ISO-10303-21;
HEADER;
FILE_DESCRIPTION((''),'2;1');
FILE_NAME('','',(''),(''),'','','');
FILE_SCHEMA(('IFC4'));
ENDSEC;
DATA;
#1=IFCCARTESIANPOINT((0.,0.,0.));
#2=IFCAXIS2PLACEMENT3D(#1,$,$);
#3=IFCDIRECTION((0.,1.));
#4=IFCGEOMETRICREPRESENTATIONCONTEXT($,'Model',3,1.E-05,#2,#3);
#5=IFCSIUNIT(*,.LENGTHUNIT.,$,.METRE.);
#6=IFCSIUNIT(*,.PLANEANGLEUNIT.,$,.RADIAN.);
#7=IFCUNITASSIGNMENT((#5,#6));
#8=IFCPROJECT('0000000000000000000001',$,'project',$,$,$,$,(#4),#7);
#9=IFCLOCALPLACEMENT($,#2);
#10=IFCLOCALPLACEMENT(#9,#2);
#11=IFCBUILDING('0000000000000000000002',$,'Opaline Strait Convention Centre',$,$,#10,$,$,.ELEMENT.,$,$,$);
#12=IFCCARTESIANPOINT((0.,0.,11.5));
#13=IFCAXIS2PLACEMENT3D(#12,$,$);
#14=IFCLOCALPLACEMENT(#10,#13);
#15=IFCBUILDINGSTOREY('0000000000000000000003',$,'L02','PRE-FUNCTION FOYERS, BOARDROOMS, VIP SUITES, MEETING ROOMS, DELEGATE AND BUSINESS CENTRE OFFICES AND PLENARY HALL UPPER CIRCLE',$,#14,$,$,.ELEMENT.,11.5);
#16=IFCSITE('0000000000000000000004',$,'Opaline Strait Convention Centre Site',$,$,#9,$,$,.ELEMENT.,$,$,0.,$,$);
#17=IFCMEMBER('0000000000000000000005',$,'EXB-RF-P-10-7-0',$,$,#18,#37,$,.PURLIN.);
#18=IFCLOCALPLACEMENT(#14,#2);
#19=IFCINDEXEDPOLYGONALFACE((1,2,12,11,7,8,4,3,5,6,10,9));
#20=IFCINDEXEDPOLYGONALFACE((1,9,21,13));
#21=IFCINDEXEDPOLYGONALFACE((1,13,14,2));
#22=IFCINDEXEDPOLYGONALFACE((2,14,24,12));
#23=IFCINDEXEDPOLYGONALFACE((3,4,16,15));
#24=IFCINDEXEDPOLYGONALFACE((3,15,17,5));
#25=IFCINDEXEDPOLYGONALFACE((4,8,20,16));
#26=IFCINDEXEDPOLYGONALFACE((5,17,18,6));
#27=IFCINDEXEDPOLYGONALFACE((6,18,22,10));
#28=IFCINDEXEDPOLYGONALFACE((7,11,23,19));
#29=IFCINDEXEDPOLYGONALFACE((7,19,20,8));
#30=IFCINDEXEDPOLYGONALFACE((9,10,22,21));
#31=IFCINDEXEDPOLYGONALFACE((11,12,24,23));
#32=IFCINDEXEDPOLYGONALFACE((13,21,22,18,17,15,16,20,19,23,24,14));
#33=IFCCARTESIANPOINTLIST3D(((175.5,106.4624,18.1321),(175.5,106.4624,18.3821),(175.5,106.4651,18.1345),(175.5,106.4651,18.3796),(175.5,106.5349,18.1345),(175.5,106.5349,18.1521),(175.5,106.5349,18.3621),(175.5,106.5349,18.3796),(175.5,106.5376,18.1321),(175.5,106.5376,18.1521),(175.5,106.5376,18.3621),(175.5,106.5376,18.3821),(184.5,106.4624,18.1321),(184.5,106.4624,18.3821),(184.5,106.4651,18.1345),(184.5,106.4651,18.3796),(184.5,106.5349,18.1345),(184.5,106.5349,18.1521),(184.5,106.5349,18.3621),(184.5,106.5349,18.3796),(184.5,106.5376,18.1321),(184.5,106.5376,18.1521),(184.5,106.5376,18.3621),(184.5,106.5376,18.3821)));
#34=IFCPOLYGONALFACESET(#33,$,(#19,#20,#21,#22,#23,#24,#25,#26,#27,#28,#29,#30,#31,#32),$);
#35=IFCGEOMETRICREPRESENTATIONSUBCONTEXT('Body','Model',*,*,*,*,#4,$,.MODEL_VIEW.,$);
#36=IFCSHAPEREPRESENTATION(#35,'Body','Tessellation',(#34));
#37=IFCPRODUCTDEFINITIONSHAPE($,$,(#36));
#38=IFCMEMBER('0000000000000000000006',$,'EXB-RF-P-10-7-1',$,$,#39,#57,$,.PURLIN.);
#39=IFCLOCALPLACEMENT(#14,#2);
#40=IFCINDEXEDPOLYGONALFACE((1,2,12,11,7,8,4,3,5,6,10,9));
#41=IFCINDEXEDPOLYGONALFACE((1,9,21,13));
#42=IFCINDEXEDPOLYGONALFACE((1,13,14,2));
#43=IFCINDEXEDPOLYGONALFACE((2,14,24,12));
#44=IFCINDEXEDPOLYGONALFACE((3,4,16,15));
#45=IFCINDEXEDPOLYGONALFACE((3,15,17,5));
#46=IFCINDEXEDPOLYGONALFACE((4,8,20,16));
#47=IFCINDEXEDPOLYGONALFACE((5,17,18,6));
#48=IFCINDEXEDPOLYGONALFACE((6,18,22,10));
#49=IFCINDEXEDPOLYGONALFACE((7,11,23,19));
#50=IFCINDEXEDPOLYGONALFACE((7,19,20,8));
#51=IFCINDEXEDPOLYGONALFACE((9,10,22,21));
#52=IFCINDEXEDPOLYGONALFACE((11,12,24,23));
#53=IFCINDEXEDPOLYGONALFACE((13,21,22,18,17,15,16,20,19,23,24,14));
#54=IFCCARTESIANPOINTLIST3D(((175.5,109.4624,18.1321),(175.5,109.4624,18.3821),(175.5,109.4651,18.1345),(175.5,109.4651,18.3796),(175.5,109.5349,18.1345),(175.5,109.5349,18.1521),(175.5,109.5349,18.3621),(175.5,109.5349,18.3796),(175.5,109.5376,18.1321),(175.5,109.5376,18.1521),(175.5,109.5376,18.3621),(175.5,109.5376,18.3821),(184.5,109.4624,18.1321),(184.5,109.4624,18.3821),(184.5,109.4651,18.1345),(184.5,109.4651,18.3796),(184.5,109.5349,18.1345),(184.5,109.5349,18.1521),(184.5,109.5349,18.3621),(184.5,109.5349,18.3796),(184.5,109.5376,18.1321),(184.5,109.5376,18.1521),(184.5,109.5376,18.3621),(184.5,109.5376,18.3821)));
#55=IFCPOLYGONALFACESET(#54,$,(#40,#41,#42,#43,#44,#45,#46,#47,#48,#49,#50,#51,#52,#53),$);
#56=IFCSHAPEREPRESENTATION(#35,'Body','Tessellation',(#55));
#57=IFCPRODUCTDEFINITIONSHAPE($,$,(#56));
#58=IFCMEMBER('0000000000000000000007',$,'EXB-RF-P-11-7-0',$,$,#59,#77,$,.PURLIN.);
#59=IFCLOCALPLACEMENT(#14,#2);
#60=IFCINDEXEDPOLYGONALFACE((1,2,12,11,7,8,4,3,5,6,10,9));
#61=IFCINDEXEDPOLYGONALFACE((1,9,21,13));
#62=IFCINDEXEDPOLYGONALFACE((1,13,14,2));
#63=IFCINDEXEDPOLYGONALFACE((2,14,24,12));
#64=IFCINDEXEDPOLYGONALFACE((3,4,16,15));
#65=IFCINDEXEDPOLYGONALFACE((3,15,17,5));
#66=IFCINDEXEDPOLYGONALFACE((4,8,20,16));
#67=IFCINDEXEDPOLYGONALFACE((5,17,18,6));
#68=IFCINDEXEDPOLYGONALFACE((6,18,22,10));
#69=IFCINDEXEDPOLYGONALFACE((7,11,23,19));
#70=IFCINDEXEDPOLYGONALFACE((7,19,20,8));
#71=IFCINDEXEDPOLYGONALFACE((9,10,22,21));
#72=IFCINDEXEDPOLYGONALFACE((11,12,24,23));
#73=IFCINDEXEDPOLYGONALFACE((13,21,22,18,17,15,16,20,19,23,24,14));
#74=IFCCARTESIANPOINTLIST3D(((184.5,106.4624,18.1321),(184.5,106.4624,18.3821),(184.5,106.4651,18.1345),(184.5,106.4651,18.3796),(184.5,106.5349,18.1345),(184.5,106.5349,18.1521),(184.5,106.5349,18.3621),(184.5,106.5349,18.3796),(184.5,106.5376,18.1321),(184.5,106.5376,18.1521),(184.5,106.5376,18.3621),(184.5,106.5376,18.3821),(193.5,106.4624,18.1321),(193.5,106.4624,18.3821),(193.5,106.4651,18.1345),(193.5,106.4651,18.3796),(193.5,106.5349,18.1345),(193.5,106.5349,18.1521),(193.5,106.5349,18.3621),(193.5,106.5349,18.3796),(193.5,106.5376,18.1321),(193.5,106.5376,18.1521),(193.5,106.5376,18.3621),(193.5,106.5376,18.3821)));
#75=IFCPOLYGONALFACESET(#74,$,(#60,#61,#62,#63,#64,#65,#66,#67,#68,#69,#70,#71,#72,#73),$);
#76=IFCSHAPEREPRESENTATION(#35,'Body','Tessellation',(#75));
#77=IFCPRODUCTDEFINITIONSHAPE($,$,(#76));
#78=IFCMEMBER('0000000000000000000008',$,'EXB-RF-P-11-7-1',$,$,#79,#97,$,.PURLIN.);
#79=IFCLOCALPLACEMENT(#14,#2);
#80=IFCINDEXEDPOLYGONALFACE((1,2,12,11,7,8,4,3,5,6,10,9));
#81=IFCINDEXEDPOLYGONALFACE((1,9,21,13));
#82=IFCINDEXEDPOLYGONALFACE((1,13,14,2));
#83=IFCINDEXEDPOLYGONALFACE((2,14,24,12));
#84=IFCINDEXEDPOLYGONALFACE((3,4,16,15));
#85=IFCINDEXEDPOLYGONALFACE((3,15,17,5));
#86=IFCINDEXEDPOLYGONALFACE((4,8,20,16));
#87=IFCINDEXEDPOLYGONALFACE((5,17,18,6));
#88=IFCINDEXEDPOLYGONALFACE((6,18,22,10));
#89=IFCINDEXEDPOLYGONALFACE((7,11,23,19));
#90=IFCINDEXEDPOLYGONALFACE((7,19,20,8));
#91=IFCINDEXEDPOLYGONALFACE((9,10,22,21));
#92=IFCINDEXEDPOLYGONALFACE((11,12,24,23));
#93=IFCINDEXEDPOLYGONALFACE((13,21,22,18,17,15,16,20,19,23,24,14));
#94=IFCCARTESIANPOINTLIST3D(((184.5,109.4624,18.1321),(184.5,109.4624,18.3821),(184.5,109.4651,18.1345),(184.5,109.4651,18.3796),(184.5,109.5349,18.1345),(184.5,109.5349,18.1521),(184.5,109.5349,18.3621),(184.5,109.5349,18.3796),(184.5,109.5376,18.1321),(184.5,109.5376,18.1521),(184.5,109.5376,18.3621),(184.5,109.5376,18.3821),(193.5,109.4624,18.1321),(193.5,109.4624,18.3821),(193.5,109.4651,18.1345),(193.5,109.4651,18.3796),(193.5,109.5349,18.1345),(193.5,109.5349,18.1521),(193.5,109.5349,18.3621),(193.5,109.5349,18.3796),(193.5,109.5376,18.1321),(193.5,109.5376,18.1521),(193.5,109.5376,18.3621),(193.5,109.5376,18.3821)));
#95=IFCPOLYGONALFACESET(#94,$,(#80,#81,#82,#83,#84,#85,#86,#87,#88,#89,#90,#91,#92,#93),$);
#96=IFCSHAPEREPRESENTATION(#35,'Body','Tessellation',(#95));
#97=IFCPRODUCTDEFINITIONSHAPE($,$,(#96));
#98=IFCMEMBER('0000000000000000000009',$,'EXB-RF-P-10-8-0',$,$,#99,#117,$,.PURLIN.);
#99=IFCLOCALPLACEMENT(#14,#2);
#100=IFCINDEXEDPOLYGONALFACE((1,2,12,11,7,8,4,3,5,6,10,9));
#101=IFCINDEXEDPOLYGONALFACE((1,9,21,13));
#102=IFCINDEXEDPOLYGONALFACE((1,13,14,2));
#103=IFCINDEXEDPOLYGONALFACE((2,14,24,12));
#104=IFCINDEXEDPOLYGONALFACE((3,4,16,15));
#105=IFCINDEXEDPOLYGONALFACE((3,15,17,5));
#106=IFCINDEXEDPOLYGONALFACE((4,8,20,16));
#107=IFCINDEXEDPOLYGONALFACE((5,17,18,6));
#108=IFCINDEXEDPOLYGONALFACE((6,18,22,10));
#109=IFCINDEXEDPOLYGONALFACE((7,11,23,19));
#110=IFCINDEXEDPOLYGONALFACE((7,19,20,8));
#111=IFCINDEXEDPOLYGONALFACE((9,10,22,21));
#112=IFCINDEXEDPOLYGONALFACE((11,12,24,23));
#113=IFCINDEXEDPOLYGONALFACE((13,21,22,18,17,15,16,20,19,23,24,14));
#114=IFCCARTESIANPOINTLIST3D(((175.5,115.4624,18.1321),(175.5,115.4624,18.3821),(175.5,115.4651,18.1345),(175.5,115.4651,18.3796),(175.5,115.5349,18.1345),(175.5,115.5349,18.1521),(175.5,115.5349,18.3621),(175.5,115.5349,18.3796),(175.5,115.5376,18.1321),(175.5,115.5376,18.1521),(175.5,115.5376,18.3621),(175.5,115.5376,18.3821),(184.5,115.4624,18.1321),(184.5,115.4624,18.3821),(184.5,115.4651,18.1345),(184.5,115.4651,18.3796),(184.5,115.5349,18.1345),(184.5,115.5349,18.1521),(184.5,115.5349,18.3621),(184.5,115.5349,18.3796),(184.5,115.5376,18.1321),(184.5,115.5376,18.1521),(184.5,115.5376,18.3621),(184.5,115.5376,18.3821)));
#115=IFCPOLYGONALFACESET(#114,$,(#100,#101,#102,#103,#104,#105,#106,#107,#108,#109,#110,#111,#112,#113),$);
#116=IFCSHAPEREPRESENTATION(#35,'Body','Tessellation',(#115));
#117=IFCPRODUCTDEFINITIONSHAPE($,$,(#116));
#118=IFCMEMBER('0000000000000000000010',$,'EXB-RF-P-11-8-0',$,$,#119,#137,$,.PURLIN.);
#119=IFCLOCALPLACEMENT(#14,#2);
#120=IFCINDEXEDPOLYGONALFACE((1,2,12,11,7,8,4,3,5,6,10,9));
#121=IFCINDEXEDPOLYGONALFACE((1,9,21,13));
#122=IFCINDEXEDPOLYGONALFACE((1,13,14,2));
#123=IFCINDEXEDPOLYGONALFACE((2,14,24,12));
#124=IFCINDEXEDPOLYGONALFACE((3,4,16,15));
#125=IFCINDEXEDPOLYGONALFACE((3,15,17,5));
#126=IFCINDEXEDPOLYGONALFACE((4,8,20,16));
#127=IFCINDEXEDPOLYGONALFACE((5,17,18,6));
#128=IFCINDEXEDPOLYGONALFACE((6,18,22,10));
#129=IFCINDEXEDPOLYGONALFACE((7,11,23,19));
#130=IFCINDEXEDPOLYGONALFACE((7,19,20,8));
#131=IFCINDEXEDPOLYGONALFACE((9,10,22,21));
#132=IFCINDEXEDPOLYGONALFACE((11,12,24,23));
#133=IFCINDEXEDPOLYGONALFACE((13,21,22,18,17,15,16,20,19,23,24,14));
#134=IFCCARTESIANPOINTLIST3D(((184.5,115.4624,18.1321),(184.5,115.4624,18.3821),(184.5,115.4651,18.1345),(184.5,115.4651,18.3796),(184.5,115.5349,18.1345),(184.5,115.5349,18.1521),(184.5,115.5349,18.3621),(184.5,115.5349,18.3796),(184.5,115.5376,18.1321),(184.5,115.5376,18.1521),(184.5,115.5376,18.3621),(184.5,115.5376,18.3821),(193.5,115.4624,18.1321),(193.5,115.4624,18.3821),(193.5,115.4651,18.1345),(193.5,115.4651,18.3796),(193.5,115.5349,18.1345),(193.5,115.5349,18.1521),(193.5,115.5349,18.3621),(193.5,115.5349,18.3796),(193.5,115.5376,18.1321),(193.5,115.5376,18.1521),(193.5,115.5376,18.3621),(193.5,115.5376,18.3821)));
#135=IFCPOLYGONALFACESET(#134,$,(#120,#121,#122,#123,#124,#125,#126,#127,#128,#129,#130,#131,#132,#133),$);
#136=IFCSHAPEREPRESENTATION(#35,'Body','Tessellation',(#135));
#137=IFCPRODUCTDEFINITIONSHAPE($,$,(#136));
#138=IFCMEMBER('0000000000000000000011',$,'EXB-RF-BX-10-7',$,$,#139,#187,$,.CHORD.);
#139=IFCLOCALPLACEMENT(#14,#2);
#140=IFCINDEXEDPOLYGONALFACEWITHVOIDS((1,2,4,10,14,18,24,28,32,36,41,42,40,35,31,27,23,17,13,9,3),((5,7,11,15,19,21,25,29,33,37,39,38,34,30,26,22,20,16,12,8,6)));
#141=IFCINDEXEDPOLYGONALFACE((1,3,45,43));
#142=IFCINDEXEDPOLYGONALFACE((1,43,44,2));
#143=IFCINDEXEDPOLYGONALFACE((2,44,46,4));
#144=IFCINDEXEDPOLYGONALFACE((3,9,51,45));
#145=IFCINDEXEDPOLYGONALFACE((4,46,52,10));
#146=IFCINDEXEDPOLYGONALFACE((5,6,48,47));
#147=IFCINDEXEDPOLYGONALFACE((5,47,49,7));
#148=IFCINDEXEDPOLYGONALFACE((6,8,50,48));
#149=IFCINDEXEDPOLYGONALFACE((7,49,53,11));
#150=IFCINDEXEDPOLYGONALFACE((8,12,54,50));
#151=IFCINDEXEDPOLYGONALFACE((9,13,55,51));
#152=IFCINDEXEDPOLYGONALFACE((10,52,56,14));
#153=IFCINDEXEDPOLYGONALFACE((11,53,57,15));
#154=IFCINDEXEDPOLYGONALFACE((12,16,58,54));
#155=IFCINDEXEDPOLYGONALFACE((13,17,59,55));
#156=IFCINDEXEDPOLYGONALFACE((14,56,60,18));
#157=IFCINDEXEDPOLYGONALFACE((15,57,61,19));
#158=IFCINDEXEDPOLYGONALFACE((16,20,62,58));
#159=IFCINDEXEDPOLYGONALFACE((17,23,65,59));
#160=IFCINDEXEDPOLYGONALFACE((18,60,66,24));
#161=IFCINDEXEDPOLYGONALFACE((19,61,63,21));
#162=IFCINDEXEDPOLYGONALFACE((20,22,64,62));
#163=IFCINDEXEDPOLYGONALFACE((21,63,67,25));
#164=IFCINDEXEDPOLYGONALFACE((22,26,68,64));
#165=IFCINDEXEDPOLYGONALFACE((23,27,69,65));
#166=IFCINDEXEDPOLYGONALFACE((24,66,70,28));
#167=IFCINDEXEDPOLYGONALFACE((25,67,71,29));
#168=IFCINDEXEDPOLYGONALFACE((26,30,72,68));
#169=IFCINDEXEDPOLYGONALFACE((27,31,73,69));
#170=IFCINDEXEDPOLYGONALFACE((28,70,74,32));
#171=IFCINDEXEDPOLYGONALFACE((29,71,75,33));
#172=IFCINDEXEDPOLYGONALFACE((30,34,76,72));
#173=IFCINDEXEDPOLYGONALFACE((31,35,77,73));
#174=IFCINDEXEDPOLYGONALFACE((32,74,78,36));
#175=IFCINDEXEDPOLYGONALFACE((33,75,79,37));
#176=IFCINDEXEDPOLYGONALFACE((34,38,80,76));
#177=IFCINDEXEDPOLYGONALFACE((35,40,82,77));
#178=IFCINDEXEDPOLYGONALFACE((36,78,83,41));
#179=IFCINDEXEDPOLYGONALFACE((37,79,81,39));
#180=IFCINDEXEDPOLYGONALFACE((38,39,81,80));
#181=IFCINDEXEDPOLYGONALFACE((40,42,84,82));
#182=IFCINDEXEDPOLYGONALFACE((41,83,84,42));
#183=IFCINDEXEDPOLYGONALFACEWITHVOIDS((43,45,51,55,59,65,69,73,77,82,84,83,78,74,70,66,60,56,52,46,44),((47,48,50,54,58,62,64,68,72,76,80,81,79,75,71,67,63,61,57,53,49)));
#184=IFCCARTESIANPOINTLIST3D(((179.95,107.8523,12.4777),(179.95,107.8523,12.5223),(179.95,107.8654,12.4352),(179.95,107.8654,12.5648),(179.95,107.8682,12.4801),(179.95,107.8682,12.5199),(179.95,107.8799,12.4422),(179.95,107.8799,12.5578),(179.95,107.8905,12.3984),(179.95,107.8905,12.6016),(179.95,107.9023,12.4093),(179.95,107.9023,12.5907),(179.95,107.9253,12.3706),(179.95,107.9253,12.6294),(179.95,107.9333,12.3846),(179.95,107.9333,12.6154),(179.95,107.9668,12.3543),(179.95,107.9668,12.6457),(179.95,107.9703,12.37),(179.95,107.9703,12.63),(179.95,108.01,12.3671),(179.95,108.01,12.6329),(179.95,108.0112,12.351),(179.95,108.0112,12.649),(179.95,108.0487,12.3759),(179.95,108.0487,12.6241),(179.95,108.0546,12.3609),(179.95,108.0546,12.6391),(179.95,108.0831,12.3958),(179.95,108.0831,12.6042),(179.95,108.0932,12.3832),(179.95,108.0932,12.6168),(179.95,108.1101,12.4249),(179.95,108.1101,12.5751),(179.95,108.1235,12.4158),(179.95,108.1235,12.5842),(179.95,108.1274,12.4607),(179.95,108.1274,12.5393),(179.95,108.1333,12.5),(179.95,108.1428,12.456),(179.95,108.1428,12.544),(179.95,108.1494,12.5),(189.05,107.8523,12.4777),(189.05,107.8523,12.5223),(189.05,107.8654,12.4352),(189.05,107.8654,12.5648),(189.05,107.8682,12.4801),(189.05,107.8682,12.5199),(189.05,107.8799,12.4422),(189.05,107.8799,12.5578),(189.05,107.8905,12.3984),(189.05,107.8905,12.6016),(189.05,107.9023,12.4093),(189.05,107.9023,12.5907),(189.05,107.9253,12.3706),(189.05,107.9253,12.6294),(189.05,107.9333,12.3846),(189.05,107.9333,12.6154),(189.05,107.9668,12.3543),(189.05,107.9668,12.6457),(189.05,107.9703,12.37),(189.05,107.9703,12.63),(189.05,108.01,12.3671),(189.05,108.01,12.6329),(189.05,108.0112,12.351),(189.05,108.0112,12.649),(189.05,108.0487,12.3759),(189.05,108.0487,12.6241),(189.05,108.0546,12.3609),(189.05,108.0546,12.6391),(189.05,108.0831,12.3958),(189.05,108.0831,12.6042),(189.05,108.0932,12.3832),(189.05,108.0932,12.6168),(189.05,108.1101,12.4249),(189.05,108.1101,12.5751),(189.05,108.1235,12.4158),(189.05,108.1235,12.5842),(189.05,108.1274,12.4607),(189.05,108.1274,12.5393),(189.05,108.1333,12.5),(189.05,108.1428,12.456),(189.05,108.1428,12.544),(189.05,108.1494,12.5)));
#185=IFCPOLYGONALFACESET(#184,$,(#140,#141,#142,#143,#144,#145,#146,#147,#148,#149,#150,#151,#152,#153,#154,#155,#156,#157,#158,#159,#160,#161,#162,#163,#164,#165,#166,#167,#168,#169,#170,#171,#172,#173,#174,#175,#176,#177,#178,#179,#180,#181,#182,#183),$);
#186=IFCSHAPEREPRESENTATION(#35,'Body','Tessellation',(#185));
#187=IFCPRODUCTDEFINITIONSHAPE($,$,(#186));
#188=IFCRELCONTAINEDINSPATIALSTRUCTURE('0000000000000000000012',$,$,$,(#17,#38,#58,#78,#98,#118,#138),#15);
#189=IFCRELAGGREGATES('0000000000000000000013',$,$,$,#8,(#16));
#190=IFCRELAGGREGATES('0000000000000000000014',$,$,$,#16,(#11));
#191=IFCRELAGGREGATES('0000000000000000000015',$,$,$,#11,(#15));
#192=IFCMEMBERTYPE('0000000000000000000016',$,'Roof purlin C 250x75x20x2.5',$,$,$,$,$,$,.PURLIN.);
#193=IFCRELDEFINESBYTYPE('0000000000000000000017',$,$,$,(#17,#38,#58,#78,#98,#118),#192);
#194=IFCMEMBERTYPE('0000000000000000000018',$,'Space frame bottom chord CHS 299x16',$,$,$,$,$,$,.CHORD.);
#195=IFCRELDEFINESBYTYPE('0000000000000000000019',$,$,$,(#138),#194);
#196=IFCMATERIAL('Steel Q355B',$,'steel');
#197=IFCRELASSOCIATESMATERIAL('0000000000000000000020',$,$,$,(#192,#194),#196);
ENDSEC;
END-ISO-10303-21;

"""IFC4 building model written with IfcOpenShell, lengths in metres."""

from ifc_helpers import new_model, si_unit, direction, frame, origin, origin_2d, place, context, subcontext, project, spatial, polyline, hollow_circle, outline, extrude, material, material_profile, profile_set, type_object, element, save


model = new_model("IFC4")

# Units and contexts
model_context = context("Model", 3, precision=1e-05, world=origin(), true_north=direction((0.0, 1.0)))
body_context = subcontext(model_context, "Body", "Model", "MODEL_VIEW")
ifc_project = project(units=[si_unit("LENGTHUNIT", "METRE"), si_unit("PLANEANGLEUNIT", "RADIAN")], contexts=[model_context])

# Site, building, storey
site_placement = place(None, origin())
site = spatial("IfcSite", under=ifc_project, at=site_placement, Name="Opaline Strait Convention Centre Site", CompositionType="ELEMENT", RefElevation=0.0)
building_placement = place(site_placement, origin())
building = spatial("IfcBuilding", under=site, at=building_placement, Name="Opaline Strait Convention Centre", CompositionType="ELEMENT")
storey_placement = place(building_placement, frame((0.0, 0.0, 11.5)))
storey = spatial("IfcBuildingStorey", under=building, at=storey_placement, Name="L02", Description="PRE-FUNCTION FOYERS, BOARDROOMS, VIP SUITES, MEETING ROOMS, DELEGATE AND BUSINESS CENTRE OFFICES AND PLENARY HALL UPPER CIRCLE", CompositionType="ELEMENT", Elevation=11.5)

# Members
ifc_material = material(Name="Steel Q355B", Category="steel")
ifc_material_profile_1 = material_profile(ifc_material, outline(polyline([(-0.0376, -0.125), (0.0376, -0.125), (0.0376, -0.105), (0.0349, -0.105), (0.0349, -0.1226), (-0.0349, -0.1226), (-0.0349, 0.1226), (0.0349, 0.1226), (0.0349, 0.105), (0.0376, 0.105), (0.0376, 0.125), (-0.0376, 0.125), (-0.0376, -0.125)])), Name="C 250x75x20x2.5")
ifc_profile_set_1 = profile_set([ifc_material_profile_1], Name="Steel Q355B")
member_type_1 = type_object("IfcMemberType", Name="Roof purlin C 250x75x20x2.5", PredefinedType="PURLIN", material=ifc_profile_set_1)
for number, where, z_axis, x_axis, name in (
    (1, (175.5, 106.5, 18.2571), (1.0, 0.0, 0.0), (0.0, 1.0, 0.0), "EXB-RF-P-10-7-0"),
    (2, (175.5, 109.5, 18.2571), (1.0, 0.0, 0.0), (0.0, 1.0, 0.0), "EXB-RF-P-10-7-1"),
    (3, (184.5, 106.5, 18.2571), (1.0, 0.0, 0.0), (0.0, 1.0, 0.0), "EXB-RF-P-11-7-0"),
    (4, (184.5, 109.5, 18.2571), (1.0, 0.0, 0.0), (0.0, 1.0, 0.0), "EXB-RF-P-11-7-1"),
    (5, (175.5, 115.5, 18.2571), (1.0, 0.0, 0.0), (0.0, 1.0, 0.0), "EXB-RF-P-10-8-0"),
    (6, (184.5, 115.5, 18.2571), (1.0, 0.0, 0.0), (0.0, 1.0, 0.0), "EXB-RF-P-11-8-0"),
):
    element("IfcMember", number, at=place(storey_placement, frame(where, z_axis=z_axis, x_axis=x_axis)), inside=storey, type_object=member_type_1, Name=name, PredefinedType="PURLIN", context=body_context, shape_type="SweptSolid", body=[
        extrude(outline(polyline([(-0.0376, -0.125), (0.0376, -0.125), (0.0376, -0.105), (0.0349, -0.105), (0.0349, -0.1226), (-0.0349, -0.1226), (-0.0349, 0.1226), (0.0349, 0.1226), (0.0349, 0.105), (0.0376, 0.105), (0.0376, 0.125), (-0.0376, 0.125), (-0.0376, -0.125)])), origin(), (0.0, 0.0, 1.0), 9.0),
    ])
ifc_material_profile_2 = material_profile(ifc_material, hollow_circle(Radius=0.1494, WallThickness=0.0161, at=origin_2d()), Name="CHS 299x16")
ifc_profile_set_2 = profile_set([ifc_material_profile_2], Name="Steel Q355B")
member_type_2 = type_object("IfcMemberType", Name="Space frame bottom chord CHS 299x16", PredefinedType="CHORD", material=ifc_profile_set_2)
for number, where, z_axis, x_axis, name in (
    (7, (179.95, 108.0, 12.5), (1.0, 0.0, 0.0), (0.0, 1.0, 0.0), "EXB-RF-BX-10-7"),
):
    element("IfcMember", number, at=place(storey_placement, frame(where, z_axis=z_axis, x_axis=x_axis)), inside=storey, type_object=member_type_2, Name=name, PredefinedType="CHORD", context=body_context, shape_type="SweptSolid", body=[
        extrude(hollow_circle(Radius=0.1494, WallThickness=0.0161, at=origin_2d()), origin(), (0.0, 0.0, 1.0), 9.1001),
    ])

save(model, "model.ifc")
